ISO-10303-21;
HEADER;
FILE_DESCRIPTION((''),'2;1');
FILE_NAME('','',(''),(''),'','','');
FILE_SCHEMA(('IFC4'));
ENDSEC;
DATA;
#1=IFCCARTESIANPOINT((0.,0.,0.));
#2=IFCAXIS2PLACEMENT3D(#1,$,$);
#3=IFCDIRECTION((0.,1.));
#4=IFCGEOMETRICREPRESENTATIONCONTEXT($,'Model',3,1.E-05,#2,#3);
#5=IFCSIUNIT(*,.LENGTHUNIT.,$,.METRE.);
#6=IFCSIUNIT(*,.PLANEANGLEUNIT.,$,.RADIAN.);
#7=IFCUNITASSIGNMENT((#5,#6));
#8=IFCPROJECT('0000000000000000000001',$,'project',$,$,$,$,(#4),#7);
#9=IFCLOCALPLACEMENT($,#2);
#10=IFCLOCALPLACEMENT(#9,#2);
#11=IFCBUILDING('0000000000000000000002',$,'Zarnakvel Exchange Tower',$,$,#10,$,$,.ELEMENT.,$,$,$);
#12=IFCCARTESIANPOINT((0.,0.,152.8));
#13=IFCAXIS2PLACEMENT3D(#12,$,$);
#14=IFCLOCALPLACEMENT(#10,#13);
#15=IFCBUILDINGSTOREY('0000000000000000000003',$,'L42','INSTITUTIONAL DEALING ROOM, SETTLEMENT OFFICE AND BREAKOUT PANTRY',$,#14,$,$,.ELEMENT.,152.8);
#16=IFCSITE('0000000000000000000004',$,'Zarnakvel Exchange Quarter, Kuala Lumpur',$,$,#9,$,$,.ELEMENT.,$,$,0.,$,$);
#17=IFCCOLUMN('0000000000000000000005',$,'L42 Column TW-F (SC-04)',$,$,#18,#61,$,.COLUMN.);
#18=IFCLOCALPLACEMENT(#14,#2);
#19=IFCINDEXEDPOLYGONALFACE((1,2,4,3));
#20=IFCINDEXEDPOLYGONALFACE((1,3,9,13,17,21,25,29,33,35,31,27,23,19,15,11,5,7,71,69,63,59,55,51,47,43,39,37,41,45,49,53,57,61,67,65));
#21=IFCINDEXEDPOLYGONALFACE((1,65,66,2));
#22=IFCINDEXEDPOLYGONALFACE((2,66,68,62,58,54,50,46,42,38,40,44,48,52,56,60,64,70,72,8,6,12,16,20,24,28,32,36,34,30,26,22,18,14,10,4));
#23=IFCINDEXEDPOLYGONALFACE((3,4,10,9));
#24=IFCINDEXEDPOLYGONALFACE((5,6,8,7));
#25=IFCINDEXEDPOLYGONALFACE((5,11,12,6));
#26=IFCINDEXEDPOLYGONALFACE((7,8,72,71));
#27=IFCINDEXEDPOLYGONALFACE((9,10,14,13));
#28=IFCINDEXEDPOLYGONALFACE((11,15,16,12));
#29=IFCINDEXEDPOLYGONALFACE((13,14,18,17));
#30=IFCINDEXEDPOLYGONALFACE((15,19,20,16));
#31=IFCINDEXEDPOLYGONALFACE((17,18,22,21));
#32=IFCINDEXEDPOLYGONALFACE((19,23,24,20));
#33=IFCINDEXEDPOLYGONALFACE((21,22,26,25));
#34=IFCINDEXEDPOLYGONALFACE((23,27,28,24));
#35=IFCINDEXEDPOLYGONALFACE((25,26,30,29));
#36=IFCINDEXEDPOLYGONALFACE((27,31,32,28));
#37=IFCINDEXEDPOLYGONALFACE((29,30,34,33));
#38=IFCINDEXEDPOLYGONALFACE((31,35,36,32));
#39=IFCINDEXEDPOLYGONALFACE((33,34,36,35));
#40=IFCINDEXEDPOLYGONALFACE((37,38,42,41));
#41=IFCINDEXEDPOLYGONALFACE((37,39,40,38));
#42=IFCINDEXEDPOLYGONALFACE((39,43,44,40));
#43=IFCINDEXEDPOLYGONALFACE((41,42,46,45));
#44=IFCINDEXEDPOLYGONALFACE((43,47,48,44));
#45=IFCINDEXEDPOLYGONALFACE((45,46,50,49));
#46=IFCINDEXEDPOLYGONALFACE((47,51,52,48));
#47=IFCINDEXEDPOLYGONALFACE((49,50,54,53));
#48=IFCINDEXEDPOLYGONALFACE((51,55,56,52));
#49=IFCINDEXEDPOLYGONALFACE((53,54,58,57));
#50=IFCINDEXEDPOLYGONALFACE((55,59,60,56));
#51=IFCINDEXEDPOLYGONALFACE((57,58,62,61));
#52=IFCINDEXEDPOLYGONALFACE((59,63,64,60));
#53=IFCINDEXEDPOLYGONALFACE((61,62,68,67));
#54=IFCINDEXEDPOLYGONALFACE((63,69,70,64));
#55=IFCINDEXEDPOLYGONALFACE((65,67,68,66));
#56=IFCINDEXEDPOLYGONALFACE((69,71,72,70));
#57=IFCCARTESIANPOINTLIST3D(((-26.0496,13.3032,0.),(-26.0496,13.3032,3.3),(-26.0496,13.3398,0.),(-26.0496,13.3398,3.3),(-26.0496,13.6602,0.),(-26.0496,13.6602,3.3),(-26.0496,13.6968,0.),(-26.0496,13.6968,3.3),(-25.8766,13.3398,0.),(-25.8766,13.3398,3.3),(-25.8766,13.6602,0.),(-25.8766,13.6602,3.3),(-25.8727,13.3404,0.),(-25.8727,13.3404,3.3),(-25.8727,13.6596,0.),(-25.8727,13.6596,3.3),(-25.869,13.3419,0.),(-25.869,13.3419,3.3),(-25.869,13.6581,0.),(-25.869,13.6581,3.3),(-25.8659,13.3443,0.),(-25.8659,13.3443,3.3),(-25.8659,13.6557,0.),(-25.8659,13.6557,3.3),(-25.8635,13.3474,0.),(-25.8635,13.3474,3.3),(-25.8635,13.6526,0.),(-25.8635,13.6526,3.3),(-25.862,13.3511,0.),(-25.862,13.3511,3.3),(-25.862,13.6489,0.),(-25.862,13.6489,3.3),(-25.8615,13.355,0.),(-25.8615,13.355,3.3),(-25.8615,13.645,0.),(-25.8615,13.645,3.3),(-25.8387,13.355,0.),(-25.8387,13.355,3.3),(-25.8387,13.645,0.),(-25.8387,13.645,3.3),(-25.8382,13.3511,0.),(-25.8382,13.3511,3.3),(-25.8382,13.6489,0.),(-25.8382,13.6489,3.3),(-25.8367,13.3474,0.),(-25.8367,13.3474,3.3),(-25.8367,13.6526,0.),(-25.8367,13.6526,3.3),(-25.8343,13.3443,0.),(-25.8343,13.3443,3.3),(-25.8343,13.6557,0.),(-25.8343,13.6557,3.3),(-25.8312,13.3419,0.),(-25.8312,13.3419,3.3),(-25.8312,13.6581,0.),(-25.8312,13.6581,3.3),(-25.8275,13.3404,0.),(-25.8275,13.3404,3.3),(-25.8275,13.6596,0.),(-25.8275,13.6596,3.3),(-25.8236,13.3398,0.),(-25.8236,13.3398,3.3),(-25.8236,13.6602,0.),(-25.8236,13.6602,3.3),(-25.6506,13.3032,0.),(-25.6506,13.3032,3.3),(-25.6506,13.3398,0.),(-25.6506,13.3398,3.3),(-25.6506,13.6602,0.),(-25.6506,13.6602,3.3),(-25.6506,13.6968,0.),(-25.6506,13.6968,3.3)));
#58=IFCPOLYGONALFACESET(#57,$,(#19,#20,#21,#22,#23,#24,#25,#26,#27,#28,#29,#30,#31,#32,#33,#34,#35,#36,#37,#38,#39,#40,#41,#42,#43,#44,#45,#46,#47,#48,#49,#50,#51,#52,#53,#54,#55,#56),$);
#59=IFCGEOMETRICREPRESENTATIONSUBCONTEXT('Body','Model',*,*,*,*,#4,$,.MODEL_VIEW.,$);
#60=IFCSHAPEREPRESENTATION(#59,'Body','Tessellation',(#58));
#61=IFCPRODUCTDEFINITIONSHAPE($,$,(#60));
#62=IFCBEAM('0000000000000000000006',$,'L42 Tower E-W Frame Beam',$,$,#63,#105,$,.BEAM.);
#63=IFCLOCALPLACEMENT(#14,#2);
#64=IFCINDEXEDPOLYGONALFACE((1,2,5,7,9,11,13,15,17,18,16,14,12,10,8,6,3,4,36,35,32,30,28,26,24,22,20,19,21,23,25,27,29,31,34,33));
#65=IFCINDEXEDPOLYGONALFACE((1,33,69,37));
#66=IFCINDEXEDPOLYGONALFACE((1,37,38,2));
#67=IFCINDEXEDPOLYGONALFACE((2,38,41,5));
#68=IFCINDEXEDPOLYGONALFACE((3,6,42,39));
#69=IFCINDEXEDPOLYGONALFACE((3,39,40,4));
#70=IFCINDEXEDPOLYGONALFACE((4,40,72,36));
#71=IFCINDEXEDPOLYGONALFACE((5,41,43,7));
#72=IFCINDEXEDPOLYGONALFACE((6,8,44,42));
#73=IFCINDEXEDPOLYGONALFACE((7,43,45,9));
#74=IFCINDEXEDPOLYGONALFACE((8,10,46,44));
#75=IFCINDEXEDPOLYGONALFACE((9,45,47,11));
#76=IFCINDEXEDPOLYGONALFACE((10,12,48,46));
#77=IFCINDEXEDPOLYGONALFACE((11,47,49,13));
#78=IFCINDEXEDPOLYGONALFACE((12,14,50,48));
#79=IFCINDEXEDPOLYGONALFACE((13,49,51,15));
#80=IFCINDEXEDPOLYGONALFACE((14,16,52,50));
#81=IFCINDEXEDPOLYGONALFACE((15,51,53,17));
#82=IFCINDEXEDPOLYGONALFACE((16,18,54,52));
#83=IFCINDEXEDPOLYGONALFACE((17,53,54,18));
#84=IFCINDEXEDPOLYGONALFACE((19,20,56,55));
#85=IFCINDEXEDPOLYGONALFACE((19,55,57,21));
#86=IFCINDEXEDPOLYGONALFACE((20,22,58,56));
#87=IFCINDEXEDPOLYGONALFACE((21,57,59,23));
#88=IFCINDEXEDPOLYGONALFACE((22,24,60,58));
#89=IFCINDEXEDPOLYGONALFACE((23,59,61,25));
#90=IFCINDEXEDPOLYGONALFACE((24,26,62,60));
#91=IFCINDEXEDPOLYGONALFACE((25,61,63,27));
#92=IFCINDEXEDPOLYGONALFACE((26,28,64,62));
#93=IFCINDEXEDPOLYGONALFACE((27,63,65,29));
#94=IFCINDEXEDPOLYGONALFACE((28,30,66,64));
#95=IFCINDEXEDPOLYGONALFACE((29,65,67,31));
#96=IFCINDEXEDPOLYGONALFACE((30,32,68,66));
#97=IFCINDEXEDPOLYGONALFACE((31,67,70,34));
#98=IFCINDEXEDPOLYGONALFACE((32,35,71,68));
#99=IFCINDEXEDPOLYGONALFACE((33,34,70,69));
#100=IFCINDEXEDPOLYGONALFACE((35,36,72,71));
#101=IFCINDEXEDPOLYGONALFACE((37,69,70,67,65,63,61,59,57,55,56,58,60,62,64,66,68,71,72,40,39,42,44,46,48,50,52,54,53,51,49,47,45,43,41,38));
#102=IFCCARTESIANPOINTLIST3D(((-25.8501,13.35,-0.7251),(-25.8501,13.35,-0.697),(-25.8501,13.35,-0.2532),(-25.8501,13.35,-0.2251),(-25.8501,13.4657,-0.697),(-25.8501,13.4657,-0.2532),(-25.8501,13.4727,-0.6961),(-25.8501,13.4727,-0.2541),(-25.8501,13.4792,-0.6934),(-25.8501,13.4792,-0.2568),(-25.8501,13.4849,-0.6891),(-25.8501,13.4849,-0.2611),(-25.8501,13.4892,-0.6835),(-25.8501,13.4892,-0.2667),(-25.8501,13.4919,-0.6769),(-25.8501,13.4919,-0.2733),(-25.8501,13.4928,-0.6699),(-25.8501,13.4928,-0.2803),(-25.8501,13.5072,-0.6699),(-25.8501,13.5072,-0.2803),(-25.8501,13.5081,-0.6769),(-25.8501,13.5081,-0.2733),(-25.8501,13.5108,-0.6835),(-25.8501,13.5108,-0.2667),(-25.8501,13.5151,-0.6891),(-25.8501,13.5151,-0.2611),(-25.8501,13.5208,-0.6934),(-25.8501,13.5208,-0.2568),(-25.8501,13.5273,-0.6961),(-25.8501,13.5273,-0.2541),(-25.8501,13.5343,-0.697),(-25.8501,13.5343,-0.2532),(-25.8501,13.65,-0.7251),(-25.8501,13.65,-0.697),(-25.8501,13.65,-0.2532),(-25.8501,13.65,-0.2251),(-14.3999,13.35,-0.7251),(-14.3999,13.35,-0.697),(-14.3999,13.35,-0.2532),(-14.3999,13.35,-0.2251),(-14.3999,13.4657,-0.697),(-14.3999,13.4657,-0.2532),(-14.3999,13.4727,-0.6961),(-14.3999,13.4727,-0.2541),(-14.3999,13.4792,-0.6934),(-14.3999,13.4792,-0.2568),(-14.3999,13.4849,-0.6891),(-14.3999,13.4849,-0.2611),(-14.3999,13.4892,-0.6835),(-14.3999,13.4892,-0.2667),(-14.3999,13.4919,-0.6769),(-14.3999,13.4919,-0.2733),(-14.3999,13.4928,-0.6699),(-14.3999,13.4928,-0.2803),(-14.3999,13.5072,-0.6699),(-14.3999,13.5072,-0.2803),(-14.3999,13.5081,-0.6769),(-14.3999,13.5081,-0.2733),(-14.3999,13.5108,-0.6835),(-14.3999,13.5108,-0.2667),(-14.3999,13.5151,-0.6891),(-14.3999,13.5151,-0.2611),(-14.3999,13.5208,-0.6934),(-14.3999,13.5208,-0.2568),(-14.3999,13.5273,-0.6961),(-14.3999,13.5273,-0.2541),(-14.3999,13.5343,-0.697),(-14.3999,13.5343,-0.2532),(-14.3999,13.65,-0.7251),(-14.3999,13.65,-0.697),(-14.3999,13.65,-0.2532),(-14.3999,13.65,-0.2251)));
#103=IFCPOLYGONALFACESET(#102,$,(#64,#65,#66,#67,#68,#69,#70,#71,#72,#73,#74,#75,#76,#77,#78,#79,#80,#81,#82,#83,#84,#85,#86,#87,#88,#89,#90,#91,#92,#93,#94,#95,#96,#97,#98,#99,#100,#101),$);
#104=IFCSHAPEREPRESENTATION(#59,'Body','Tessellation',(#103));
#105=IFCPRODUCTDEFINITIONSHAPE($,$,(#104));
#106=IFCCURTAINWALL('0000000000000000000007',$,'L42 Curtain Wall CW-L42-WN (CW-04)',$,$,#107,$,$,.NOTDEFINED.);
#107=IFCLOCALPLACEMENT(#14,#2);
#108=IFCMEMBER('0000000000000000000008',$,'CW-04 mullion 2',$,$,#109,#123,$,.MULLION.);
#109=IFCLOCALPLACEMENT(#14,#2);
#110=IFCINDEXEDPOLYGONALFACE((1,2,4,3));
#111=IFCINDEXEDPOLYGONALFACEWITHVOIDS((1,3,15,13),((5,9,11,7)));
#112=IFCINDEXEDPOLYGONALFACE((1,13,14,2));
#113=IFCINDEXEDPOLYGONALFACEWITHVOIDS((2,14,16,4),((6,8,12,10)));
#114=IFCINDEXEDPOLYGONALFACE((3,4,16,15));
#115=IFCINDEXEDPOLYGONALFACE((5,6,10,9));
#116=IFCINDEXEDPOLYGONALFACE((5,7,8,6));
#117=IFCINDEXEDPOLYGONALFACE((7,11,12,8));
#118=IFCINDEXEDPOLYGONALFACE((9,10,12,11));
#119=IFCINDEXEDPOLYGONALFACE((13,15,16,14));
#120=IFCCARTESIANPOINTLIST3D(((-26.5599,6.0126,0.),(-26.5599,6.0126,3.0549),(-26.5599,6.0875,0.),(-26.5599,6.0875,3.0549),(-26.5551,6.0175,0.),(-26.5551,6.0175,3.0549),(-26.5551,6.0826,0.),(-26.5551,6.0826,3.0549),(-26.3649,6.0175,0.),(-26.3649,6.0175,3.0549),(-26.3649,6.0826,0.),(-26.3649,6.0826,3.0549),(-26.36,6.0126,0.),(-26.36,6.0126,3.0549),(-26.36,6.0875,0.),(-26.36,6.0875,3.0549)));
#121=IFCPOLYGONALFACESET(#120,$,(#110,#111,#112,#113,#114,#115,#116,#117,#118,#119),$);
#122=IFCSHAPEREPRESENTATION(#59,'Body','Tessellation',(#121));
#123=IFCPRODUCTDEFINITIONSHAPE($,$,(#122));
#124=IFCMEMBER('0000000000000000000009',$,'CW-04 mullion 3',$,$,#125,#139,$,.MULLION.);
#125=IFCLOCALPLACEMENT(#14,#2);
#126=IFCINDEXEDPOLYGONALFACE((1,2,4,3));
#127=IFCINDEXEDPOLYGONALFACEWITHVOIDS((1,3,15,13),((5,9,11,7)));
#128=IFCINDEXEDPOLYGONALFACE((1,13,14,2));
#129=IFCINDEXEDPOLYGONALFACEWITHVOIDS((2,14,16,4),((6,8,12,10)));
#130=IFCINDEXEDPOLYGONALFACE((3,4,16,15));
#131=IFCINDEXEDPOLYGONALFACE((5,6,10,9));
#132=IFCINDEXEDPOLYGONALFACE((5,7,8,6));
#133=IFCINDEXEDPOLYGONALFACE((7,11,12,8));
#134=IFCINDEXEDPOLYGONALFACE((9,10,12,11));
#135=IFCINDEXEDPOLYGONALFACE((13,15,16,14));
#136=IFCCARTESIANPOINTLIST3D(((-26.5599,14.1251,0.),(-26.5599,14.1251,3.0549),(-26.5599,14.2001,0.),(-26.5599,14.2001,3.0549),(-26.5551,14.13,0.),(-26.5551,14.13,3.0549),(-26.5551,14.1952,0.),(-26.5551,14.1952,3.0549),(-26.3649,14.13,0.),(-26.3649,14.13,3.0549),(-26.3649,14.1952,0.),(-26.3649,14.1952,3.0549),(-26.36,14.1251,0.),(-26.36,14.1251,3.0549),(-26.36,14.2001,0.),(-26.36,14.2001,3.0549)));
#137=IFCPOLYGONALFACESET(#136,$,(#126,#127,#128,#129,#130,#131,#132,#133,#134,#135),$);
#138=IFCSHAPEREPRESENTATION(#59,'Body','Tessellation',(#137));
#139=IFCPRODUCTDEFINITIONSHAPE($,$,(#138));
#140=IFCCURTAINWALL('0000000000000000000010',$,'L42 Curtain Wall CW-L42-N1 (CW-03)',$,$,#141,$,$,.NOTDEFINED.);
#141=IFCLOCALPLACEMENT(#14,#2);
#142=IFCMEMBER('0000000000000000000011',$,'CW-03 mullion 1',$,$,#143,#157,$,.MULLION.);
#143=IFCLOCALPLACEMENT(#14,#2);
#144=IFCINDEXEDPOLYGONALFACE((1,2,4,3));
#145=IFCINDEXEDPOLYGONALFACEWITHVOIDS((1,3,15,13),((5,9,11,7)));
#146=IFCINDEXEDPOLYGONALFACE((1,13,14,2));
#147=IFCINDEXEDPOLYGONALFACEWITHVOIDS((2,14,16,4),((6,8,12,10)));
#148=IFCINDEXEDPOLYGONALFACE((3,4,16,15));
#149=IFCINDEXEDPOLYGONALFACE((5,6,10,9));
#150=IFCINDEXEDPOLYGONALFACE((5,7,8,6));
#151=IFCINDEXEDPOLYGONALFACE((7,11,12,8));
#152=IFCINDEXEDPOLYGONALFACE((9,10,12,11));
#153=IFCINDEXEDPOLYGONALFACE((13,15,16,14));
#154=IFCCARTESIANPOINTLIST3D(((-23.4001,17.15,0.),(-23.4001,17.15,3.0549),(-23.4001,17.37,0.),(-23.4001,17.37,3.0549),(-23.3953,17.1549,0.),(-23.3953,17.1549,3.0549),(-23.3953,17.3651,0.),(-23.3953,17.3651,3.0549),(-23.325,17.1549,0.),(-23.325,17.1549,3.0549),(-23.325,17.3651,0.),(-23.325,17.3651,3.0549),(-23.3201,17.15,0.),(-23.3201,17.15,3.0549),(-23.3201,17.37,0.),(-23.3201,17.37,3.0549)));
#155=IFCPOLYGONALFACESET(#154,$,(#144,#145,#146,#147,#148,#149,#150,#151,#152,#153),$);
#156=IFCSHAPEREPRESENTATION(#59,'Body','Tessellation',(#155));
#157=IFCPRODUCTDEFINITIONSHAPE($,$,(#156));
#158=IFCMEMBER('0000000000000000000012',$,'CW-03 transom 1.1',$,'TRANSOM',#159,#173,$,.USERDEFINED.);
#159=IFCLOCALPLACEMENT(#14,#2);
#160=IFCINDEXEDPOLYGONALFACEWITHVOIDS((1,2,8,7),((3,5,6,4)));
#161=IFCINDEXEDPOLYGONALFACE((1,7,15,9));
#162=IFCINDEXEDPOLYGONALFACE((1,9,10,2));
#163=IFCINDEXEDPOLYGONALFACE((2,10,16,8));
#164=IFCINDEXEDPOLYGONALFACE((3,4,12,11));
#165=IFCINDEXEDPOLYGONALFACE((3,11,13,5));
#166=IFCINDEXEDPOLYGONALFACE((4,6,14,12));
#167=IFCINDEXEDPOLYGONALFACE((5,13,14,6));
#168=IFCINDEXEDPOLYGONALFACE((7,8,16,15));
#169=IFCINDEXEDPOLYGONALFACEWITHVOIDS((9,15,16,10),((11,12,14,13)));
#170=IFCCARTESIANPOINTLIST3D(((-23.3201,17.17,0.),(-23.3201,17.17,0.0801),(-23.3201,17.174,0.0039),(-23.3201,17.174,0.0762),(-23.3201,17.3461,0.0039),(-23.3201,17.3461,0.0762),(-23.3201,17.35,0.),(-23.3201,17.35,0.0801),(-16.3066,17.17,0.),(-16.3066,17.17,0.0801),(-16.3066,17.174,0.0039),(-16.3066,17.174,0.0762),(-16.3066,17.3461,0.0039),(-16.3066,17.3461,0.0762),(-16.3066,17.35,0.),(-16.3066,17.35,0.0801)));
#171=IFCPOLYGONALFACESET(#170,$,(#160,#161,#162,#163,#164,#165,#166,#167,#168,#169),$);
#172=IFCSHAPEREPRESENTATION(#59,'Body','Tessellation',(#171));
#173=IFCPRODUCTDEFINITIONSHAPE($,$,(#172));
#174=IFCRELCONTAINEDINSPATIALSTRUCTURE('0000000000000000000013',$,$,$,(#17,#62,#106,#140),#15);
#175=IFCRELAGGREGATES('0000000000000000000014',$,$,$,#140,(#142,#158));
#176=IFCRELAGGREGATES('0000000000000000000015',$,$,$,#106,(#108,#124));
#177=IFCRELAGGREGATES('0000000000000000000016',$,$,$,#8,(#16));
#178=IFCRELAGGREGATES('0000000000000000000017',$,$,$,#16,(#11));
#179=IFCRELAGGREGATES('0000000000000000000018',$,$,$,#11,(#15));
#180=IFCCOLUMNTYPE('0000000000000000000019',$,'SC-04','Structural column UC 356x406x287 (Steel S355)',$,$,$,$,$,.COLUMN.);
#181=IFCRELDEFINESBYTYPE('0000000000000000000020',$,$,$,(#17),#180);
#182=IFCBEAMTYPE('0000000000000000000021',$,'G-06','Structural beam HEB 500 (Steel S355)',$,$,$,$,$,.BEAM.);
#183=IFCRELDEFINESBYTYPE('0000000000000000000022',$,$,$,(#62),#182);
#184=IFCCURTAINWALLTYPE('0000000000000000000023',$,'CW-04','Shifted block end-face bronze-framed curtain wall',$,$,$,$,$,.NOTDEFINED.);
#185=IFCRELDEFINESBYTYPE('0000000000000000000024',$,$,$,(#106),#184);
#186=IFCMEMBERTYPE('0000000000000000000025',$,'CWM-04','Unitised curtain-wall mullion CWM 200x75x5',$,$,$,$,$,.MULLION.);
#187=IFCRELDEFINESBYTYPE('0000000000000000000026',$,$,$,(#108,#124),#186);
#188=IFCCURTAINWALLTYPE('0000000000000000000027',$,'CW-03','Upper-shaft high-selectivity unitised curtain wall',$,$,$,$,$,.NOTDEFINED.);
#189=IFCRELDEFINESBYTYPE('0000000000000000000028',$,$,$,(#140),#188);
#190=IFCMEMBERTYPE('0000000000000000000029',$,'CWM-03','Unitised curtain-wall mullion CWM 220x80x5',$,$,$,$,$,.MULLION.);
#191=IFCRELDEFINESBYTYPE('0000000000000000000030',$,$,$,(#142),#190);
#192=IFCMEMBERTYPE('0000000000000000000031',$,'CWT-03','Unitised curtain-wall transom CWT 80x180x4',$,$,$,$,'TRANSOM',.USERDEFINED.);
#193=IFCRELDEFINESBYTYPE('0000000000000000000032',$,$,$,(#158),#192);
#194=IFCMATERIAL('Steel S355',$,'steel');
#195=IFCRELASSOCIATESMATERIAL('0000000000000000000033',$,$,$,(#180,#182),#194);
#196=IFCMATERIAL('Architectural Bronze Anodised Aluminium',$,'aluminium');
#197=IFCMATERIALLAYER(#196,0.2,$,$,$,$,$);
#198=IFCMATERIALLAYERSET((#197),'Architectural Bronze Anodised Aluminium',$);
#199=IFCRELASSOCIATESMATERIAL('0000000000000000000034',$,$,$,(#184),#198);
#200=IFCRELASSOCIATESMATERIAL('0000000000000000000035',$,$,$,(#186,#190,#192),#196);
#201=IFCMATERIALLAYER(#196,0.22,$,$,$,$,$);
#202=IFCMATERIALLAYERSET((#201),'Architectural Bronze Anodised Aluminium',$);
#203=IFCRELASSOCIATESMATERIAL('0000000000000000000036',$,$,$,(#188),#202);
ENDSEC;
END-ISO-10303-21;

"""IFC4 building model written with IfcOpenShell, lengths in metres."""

from ifc_helpers import new_model, si_unit, direction, frame, origin, origin_2d, place, context, subcontext, project, spatial, hollow_rectangle, i_section, extrude, source, transform, mapped, material, layer, layer_set, material_profile, profile_set, type_object, element, aggregate, save


model = new_model("IFC4")

# Units and contexts
model_context = context("Model", 3, precision=1e-05, world=origin(), true_north=direction((0.0, 1.0)))
body_context = subcontext(model_context, "Body", "Model", "MODEL_VIEW")
ifc_project = project(units=[si_unit("LENGTHUNIT", "METRE"), si_unit("PLANEANGLEUNIT", "RADIAN")], contexts=[model_context])

# Site, building, storey
site_placement = place(None, origin())
site = spatial("IfcSite", under=ifc_project, at=site_placement, Name="Zarnakvel Exchange Quarter, Kuala Lumpur", CompositionType="ELEMENT", RefElevation=0.0)
building_placement = place(site_placement, origin())
building = spatial("IfcBuilding", under=site, at=building_placement, Name="Zarnakvel Exchange Tower", CompositionType="ELEMENT")
storey_placement = place(building_placement, frame((0.0, 0.0, 152.8)))
storey = spatial("IfcBuildingStorey", under=building, at=storey_placement, Name="L42", Description="INSTITUTIONAL DEALING ROOM, SETTLEMENT OFFICE AND BREAKOUT PANTRY", CompositionType="ELEMENT", Elevation=152.8)

# Column
ifc_material_1 = material(Name="Steel S355", Category="steel")
ifc_material_profile_1 = material_profile(ifc_material_1, i_section(OverallWidth=0.3989, OverallDepth=0.3936, WebThickness=0.0227, FlangeThickness=0.0366, FilletRadius=0.0151, at=origin_2d()))
ifc_profile_set_1 = profile_set([ifc_material_profile_1], Name="Steel S355")
column_type = type_object("IfcColumnType", Name="SC-04", Description="Structural column UC 356x406x287 (Steel S355)", PredefinedType="COLUMN", material=ifc_profile_set_1)
column_placement = place(storey_placement, frame((-25.8501, 13.5, 0.0), z_axis=(0.0, 0.0, 1.0), x_axis=(1.0, 0.0, 0.0)))
element("IfcColumn", 1, at=column_placement, inside=storey, type_object=column_type, Name="L42 Column TW-F (SC-04)", PredefinedType="COLUMN", context=body_context, shape_type="SweptSolid", body=[
    extrude(i_section(OverallWidth=0.3989, OverallDepth=0.3936, WebThickness=0.0227, FlangeThickness=0.0366, FilletRadius=0.0151, at=origin_2d()), origin(), (0.0, 0.0, 1.0), 3.3),
])

# Beam
ifc_material_profile_2 = material_profile(ifc_material_1, i_section(OverallWidth=0.3, OverallDepth=0.5, WebThickness=0.0144, FlangeThickness=0.0281, FilletRadius=0.0271, at=origin_2d()))
ifc_profile_set_2 = profile_set([ifc_material_profile_2], Name="Steel S355")
beam_type = type_object("IfcBeamType", Name="G-06", Description="Structural beam HEB 500 (Steel S355)", PredefinedType="BEAM", material=ifc_profile_set_2)
beam_placement = place(storey_placement, frame((-25.8501, 13.5, -0.4751), z_axis=(1.0, 0.0, 0.0), x_axis=(0.0, 1.0, 0.0)))
element("IfcBeam", 2, at=beam_placement, inside=storey, type_object=beam_type, Name="L42 Tower E-W Frame Beam", PredefinedType="BEAM", context=body_context, shape_type="SweptSolid", body=[
    extrude(i_section(OverallWidth=0.3, OverallDepth=0.5, WebThickness=0.0144, FlangeThickness=0.0281, FilletRadius=0.0271, at=origin_2d()), origin(), (0.0, 0.0, 1.0), 11.4502),
])

# Curtain walls, members
ifc_material_2 = material(Name="Architectural Bronze Anodised Aluminium", Category="aluminium")
ifc_layer_1 = layer(ifc_material_2, 0.2)
ifc_layer_set_1 = layer_set([ifc_layer_1], Name="Architectural Bronze Anodised Aluminium")
curtain_wall_type_1 = type_object("IfcCurtainWallType", Name="CW-04", Description="Shifted block end-face bronze-framed curtain wall", PredefinedType="NOTDEFINED", material=ifc_layer_set_1)
curtain_wall_1_placement = place(storey_placement, origin())
curtain_wall_1 = element("IfcCurtainWall", 3, at=curtain_wall_1_placement, inside=storey, type_object=curtain_wall_type_1, Name="L42 Curtain Wall CW-L42-WN (CW-04)", PredefinedType="NOTDEFINED")
ifc_material_profile_3 = material_profile(ifc_material_2, hollow_rectangle(XDim=0.2, YDim=0.075, WallThickness=0.0049, at=origin_2d()))
ifc_profile_set_3 = profile_set([ifc_material_profile_3], Name="Architectural Bronze Anodised Aluminium")
member_type_1 = type_object("IfcMemberType", Name="CWM-04", Description="Unitised curtain-wall mullion CWM 200x75x5", PredefinedType="MULLION", material=ifc_profile_set_3)
shared_shape_1 = source(origin(), body_context, "Body", "SweptSolid", [
    extrude(hollow_rectangle(XDim=0.2, YDim=0.075, WallThickness=0.0049, at=origin_2d()), origin(), (0.0, 0.0, 1.0), 3.0549),
])
member_1_placement = place(storey_placement, frame((-26.46, 6.05, 0.0), z_axis=(0.0, 0.0, 1.0), x_axis=(-1.0, 0.0, 0.0)))
member_1 = element("IfcMember", 4, at=member_1_placement, type_object=member_type_1, Name="CW-04 mullion 2", PredefinedType="MULLION", context=body_context, shape_type="MappedRepresentation", body=[
    mapped(shared_shape_1, transform((0.0, 0.0, 0.0), x_axis=(1.0, 0.0, 0.0), y_axis=(0.0, 1.0, 0.0), z_axis=(0.0, 0.0, 1.0), scale=1.0)),
])
member_2_placement = place(storey_placement, frame((-26.46, 14.1626, 0.0), z_axis=(0.0, 0.0, 1.0), x_axis=(-1.0, 0.0, 0.0)))
member_2 = element("IfcMember", 5, at=member_2_placement, type_object=member_type_1, Name="CW-04 mullion 3", PredefinedType="MULLION", context=body_context, shape_type="MappedRepresentation", body=[
    mapped(shared_shape_1, transform((0.0, 0.0, 0.0), x_axis=(1.0, 0.0, 0.0), y_axis=(0.0, 1.0, 0.0), z_axis=(0.0, 0.0, 1.0), scale=1.0)),
])
ifc_layer_2 = layer(ifc_material_2, 0.22)
ifc_layer_set_2 = layer_set([ifc_layer_2], Name="Architectural Bronze Anodised Aluminium")
curtain_wall_type_2 = type_object("IfcCurtainWallType", Name="CW-03", Description="Upper-shaft high-selectivity unitised curtain wall", PredefinedType="NOTDEFINED", material=ifc_layer_set_2)
curtain_wall_2_placement = place(storey_placement, origin())
curtain_wall_2 = element("IfcCurtainWall", 6, at=curtain_wall_2_placement, inside=storey, type_object=curtain_wall_type_2, Name="L42 Curtain Wall CW-L42-N1 (CW-03)", PredefinedType="NOTDEFINED")
ifc_material_profile_4 = material_profile(ifc_material_2, hollow_rectangle(XDim=0.22, YDim=0.0801, WallThickness=0.0049, at=origin_2d()))
ifc_profile_set_4 = profile_set([ifc_material_profile_4], Name="Architectural Bronze Anodised Aluminium")
member_type_2 = type_object("IfcMemberType", Name="CWM-03", Description="Unitised curtain-wall mullion CWM 220x80x5", PredefinedType="MULLION", material=ifc_profile_set_4)
shared_shape_2 = source(origin(), body_context, "Body", "SweptSolid", [
    extrude(hollow_rectangle(XDim=0.22, YDim=0.0801, WallThickness=0.0049, at=origin_2d()), origin(), (0.0, 0.0, 1.0), 3.0549),
])
member_3_placement = place(storey_placement, frame((-23.3601, 17.26, 0.0), z_axis=(0.0, 0.0, 1.0), x_axis=(0.0, 1.0, 0.0)))
member_3 = element("IfcMember", 7, at=member_3_placement, type_object=member_type_2, Name="CW-03 mullion 1", PredefinedType="MULLION", context=body_context, shape_type="MappedRepresentation", body=[
    mapped(shared_shape_2, transform((0.0, 0.0, 0.0), x_axis=(1.0, 0.0, 0.0), y_axis=(0.0, 1.0, 0.0), z_axis=(0.0, 0.0, 1.0), scale=1.0)),
])
ifc_material_profile_5 = material_profile(ifc_material_2, hollow_rectangle(XDim=0.1799, YDim=0.0801, WallThickness=0.0039, at=origin_2d()))
ifc_profile_set_5 = profile_set([ifc_material_profile_5], Name="Architectural Bronze Anodised Aluminium")
member_type_3 = type_object("IfcMemberType", Name="CWT-03", Description="Unitised curtain-wall transom CWT 80x180x4", ElementType="TRANSOM", PredefinedType="USERDEFINED", material=ifc_profile_set_5)
shared_shape_3 = source(origin(), body_context, "Body", "SweptSolid", [
    extrude(hollow_rectangle(XDim=0.1799, YDim=0.0801, WallThickness=0.0039, at=origin_2d()), origin(), (0.0, 0.0, 1.0), 7.0134),
])
member_4_placement = place(storey_placement, frame((-23.3201, 17.26, 0.04), z_axis=(1.0, 0.0, 0.0), x_axis=(0.0, 1.0, 0.0)))
member_4 = element("IfcMember", 8, at=member_4_placement, type_object=member_type_3, Name="CW-03 transom 1.1", ObjectType="TRANSOM", PredefinedType="USERDEFINED", context=body_context, shape_type="MappedRepresentation", body=[
    mapped(shared_shape_3, transform((0.0, 0.0, 0.0), x_axis=(1.0, 0.0, 0.0), y_axis=(0.0, 1.0, 0.0), z_axis=(0.0, 0.0, 1.0), scale=1.0)),
])

aggregate(curtain_wall_2, [member_3, member_4])
aggregate(curtain_wall_1, [member_1, member_2])

save(model, "model.ifc")
